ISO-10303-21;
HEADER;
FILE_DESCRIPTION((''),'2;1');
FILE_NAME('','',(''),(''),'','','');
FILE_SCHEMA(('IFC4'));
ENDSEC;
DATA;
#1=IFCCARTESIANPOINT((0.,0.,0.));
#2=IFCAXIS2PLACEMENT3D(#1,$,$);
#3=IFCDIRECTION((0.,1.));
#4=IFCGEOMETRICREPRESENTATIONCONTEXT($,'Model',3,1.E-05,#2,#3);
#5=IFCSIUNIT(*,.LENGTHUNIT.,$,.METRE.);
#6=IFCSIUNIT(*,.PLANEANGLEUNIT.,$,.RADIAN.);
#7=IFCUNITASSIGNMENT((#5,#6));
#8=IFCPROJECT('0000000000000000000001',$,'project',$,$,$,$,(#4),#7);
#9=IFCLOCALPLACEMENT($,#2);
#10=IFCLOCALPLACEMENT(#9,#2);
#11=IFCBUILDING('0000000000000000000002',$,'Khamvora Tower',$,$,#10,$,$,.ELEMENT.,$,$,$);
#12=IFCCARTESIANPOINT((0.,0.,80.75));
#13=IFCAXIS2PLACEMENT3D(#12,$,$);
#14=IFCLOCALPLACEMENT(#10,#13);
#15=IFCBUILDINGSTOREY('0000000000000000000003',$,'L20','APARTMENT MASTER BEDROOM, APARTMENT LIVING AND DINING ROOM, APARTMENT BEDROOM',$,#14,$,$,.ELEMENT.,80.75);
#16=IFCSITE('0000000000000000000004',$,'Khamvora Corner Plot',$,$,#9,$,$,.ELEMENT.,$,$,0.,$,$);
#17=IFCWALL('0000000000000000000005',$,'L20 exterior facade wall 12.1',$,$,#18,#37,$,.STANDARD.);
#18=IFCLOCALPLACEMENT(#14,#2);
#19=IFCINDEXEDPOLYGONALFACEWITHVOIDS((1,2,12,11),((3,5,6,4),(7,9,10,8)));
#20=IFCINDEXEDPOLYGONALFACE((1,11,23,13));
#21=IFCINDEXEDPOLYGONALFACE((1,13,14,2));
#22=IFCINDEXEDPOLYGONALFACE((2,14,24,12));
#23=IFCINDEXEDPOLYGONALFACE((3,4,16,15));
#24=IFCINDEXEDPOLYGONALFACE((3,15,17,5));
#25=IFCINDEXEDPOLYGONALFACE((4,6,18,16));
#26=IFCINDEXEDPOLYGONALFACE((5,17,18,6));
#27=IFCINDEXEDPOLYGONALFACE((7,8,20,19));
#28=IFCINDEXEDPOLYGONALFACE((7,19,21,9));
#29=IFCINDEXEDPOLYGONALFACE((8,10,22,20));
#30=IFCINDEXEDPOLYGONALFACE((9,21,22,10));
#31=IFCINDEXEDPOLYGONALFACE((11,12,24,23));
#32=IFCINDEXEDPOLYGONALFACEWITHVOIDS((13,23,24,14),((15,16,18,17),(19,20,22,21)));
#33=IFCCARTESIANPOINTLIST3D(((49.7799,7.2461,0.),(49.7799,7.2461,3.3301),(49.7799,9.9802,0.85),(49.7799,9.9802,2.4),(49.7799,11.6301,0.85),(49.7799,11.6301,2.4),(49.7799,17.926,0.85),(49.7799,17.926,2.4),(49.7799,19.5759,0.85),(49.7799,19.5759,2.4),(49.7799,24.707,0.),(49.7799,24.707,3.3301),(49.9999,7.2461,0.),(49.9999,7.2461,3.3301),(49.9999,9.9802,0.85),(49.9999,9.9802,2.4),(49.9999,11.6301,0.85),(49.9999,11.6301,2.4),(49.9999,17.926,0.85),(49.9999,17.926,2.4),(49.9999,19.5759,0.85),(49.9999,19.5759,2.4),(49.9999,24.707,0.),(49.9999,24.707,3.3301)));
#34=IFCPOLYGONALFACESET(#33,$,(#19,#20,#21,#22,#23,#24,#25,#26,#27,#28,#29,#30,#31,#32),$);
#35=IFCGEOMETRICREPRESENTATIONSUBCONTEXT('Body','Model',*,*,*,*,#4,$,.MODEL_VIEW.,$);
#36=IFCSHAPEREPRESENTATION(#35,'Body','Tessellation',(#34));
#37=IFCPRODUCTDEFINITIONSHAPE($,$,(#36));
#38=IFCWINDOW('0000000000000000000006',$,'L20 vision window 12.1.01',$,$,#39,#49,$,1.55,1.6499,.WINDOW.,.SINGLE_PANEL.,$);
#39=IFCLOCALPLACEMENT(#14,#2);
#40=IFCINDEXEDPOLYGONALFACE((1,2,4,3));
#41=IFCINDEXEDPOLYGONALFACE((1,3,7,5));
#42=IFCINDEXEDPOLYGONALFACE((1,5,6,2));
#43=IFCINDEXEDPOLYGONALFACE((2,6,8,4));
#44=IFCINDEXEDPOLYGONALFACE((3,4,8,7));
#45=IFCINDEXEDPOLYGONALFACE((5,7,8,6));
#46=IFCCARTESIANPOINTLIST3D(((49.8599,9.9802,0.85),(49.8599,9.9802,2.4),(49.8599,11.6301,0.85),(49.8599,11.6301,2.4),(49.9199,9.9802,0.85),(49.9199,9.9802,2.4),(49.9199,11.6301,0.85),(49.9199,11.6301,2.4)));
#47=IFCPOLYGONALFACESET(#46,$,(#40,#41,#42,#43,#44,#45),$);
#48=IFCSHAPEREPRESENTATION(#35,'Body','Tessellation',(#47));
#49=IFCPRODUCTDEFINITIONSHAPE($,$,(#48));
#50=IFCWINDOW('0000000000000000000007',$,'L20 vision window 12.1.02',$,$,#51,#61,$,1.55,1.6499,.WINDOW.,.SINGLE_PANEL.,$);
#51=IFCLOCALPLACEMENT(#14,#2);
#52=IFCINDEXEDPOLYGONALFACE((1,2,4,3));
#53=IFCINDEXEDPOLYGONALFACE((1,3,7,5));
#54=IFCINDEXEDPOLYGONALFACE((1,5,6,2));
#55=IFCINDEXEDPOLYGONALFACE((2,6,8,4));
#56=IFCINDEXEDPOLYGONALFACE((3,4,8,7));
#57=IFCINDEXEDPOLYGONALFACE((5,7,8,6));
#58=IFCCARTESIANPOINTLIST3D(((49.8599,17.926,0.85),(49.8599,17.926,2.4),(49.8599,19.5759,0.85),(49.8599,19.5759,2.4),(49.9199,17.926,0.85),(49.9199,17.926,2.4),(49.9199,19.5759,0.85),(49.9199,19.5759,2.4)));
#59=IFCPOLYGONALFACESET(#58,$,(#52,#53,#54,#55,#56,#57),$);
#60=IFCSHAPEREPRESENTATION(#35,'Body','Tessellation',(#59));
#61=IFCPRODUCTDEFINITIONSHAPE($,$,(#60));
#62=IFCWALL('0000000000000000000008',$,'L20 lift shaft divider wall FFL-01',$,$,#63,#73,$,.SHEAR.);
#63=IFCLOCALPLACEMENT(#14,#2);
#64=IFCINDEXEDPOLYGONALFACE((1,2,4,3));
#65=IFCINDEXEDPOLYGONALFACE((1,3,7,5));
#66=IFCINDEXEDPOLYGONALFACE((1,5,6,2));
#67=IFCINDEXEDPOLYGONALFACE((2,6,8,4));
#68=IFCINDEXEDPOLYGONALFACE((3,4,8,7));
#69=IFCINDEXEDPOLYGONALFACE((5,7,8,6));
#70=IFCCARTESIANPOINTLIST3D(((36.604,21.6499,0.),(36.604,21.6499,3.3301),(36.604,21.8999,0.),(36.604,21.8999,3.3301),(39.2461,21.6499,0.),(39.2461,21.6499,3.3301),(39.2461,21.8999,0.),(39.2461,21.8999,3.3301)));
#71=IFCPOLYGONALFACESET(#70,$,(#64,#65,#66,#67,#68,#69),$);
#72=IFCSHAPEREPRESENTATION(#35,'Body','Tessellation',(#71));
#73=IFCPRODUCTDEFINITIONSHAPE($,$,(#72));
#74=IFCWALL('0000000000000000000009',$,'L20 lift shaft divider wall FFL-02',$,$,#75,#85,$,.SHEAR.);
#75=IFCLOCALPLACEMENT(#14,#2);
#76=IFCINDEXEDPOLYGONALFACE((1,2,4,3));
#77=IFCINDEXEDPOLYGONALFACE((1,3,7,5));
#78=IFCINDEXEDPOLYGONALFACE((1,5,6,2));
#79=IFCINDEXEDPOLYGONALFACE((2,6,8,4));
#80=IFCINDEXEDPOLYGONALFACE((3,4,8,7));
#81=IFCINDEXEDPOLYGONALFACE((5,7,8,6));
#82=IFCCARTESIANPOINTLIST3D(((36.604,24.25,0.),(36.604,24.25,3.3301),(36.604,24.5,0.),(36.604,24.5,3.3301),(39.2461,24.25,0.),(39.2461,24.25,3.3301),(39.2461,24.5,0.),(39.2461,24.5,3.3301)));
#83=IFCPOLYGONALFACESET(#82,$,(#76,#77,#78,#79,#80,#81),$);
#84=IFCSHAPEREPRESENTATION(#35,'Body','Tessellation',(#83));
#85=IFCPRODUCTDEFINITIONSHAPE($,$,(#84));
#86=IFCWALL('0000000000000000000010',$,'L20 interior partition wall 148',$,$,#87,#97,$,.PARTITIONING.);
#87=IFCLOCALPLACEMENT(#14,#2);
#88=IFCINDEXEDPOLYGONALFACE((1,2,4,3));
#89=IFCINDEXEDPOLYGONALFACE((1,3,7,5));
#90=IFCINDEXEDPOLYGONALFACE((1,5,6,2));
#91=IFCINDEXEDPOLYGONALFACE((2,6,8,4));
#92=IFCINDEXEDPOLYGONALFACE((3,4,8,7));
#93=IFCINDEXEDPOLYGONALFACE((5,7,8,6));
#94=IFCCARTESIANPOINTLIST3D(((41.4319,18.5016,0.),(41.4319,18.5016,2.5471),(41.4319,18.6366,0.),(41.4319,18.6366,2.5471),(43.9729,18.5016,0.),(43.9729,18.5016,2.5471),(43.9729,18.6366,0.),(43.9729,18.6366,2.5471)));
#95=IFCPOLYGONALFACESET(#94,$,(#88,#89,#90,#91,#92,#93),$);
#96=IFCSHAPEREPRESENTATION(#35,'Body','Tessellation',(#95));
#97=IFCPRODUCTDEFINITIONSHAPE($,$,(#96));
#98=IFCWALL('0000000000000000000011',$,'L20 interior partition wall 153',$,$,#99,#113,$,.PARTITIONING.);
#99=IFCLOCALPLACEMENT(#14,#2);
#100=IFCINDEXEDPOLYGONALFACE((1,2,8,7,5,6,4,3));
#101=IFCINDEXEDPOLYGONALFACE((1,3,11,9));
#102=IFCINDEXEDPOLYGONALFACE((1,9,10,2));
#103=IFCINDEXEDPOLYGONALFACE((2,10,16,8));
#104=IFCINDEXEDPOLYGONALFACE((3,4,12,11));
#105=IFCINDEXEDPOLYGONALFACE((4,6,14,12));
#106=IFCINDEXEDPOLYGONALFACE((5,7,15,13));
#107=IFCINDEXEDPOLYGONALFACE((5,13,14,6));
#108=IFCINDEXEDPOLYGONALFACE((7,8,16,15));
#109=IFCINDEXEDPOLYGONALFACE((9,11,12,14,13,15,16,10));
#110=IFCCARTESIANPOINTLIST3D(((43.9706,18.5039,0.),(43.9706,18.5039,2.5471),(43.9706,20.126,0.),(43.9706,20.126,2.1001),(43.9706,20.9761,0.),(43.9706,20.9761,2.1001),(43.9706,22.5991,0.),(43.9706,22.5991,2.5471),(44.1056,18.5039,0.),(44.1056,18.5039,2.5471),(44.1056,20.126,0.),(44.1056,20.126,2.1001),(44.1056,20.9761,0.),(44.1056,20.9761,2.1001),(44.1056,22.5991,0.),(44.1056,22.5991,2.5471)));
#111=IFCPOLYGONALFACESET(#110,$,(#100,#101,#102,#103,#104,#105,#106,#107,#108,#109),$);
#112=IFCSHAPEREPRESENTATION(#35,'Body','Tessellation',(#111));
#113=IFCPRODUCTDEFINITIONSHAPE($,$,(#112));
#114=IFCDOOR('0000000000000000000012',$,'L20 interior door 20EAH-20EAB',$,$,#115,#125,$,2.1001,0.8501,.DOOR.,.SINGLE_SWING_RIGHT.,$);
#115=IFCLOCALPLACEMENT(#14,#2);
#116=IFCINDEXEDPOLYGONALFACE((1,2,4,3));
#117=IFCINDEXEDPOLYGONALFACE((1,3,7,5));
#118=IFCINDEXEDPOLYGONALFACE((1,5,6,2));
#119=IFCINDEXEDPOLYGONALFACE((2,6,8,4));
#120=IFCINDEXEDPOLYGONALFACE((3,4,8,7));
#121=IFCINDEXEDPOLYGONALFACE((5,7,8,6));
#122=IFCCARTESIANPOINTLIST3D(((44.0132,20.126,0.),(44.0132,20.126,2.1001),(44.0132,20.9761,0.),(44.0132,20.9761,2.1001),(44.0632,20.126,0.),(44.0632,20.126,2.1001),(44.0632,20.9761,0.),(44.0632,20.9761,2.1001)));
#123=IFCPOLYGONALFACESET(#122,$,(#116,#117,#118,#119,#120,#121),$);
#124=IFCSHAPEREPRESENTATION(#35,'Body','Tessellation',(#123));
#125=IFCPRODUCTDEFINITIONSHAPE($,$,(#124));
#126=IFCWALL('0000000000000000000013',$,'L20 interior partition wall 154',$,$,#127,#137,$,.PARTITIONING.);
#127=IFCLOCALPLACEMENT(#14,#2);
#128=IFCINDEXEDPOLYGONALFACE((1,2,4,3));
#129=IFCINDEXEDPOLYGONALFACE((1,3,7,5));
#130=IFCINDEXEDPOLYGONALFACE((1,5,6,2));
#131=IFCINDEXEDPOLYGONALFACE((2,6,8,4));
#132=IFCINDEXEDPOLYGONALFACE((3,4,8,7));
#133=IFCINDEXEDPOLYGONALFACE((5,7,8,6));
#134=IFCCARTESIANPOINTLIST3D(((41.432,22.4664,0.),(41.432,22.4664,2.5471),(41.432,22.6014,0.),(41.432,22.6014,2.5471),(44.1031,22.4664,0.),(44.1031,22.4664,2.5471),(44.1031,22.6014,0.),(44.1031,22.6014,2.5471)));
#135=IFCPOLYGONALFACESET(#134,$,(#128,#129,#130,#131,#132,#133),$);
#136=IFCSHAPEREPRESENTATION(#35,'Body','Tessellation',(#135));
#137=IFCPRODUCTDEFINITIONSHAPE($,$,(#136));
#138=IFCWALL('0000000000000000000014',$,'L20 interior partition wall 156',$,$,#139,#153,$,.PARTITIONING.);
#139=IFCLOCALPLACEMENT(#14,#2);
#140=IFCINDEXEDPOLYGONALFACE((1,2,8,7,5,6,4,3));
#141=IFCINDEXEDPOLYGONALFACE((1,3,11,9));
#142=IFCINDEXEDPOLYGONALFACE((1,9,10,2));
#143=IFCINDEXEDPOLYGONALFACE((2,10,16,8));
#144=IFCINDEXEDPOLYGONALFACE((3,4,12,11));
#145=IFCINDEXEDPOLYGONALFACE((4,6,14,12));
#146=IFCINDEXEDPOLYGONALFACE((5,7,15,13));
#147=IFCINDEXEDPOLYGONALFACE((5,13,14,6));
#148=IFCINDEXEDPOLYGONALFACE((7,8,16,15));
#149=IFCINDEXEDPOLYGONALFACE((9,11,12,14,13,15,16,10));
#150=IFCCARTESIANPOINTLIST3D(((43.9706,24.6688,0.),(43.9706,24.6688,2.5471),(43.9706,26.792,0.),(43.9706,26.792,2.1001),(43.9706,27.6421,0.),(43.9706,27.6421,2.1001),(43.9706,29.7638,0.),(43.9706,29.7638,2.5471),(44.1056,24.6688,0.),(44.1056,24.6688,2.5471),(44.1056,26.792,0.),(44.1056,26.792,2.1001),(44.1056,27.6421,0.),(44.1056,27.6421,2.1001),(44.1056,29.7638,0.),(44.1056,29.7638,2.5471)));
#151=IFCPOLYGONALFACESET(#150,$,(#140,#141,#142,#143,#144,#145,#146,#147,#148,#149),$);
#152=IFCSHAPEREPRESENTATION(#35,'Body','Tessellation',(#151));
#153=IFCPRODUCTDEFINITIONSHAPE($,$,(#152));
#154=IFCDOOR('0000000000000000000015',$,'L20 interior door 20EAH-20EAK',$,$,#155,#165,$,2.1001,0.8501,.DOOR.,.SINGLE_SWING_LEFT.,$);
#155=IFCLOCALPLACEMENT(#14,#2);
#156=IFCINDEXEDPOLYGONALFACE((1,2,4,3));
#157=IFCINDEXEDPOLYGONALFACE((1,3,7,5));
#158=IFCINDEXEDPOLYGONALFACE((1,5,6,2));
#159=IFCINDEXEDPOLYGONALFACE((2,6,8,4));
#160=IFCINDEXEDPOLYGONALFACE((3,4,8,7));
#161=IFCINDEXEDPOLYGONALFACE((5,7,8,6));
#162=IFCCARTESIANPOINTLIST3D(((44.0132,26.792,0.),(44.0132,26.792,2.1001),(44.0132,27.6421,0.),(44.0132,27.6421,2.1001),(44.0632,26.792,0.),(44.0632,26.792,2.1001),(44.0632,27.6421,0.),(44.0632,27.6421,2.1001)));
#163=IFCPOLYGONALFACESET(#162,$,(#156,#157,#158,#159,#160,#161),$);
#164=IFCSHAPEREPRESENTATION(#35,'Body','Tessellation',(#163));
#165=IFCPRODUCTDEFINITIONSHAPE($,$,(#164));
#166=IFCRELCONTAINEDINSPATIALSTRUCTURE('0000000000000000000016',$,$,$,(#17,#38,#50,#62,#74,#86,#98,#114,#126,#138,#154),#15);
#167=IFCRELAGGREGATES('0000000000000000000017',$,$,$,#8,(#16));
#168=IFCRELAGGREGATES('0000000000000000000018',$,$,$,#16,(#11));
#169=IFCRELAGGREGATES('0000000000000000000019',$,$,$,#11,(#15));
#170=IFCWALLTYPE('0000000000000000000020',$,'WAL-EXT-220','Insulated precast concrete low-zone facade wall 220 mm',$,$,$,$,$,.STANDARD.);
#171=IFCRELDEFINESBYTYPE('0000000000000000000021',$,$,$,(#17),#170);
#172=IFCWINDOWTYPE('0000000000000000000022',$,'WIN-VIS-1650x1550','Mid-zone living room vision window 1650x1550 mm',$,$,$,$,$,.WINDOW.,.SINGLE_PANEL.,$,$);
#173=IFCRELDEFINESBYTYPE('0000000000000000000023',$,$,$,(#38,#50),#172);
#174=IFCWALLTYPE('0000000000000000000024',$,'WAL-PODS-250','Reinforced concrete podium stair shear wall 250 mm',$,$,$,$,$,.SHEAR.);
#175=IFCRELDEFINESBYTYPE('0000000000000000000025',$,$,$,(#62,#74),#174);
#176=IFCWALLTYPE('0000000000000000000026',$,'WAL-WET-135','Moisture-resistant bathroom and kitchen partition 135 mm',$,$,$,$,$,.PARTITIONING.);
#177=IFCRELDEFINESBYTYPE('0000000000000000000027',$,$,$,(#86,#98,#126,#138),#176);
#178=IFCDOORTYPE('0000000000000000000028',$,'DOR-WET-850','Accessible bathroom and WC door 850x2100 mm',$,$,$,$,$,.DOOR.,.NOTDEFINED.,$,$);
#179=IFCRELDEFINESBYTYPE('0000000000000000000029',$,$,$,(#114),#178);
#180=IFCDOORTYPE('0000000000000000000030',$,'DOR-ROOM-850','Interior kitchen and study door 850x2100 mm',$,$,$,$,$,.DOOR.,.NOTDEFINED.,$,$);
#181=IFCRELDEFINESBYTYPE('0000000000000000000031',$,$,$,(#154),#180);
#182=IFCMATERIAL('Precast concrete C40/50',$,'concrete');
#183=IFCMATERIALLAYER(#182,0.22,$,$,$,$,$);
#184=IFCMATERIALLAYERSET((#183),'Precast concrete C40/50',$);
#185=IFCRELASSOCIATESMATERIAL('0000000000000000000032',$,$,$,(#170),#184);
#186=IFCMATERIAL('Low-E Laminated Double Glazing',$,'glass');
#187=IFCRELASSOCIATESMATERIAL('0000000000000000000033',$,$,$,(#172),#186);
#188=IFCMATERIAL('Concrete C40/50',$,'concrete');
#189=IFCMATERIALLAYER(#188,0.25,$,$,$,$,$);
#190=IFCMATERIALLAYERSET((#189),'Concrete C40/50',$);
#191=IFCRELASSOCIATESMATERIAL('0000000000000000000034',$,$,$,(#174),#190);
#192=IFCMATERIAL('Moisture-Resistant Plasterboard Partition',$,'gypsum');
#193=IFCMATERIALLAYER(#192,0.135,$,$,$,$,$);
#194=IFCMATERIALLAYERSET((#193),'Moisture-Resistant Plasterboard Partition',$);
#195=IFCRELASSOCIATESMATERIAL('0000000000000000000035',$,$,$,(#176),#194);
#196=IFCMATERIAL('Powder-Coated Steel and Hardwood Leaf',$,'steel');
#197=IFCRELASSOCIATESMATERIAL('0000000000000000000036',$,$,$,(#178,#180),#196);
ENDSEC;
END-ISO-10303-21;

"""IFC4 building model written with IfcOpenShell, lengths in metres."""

from ifc_helpers import new_model, si_unit, direction, frame, frame_2d, origin, place, context, subcontext, project, spatial, rectangle, extrude, material, layer, layer_set, type_object, element, fill, save


model = new_model("IFC4")

# Units and contexts
model_context = context("Model", 3, precision=1e-05, world=origin(), true_north=direction((0.0, 1.0)))
body_context = subcontext(model_context, "Body", "Model", "MODEL_VIEW")
ifc_project = project(units=[si_unit("LENGTHUNIT", "METRE"), si_unit("PLANEANGLEUNIT", "RADIAN")], contexts=[model_context])

# Site, building, storey
site_placement = place(None, origin())
site = spatial("IfcSite", under=ifc_project, at=site_placement, Name="Khamvora Corner Plot", CompositionType="ELEMENT", RefElevation=0.0)
building_placement = place(site_placement, origin())
building = spatial("IfcBuilding", under=site, at=building_placement, Name="Khamvora Tower", CompositionType="ELEMENT")
storey_placement = place(building_placement, frame((0.0, 0.0, 80.75)))
storey = spatial("IfcBuildingStorey", under=building, at=storey_placement, Name="L20", Description="APARTMENT MASTER BEDROOM, APARTMENT LIVING AND DINING ROOM, APARTMENT BEDROOM", CompositionType="ELEMENT", Elevation=80.75)

# Shared definitions
ifc_material_1 = material(Name="Powder-Coated Steel and Hardwood Leaf", Category="steel")

# Wall, openings, windows
ifc_material_2 = material(Name="Precast concrete C40/50", Category="concrete")
ifc_layer_1 = layer(ifc_material_2, 0.22)
ifc_layer_set_1 = layer_set([ifc_layer_1], Name="Precast concrete C40/50")
wall_type_1 = type_object("IfcWallType", Name="WAL-EXT-220", Description="Insulated precast concrete low-zone facade wall 220 mm", PredefinedType="STANDARD", material=ifc_layer_set_1)
wall_1_placement = place(storey_placement, frame((49.8899, 24.707, 0.0), z_axis=(0.0, 0.0, 1.0), x_axis=(0.0, -1.0, 0.0)))
wall_1 = element("IfcWall", 1, at=wall_1_placement, inside=storey, type_object=wall_type_1, Name="L20 exterior facade wall 12.1", PredefinedType="STANDARD", context=body_context, shape_type="SweptSolid", body=[
    extrude(rectangle(XDim=17.4609, YDim=0.22, at=frame_2d((8.7305, 0.0))), origin(), (0.0, 0.0, 1.0), 3.3301),
])
opening_1_placement = place(wall_1_placement, frame((13.0769, 0.0, 0.8501)))
opening_1 = element("IfcOpeningElement", 2, at=opening_1_placement, cuts=wall_1, PredefinedType="OPENING", context=body_context, shape_type="SweptSolid", body=[
    extrude(rectangle(XDim=1.6499, YDim=1.55, at=frame_2d((0.825, 0.7749))), frame((0.0, 0.1199, 0.0), z_axis=(0.0, -1.0, 0.0), x_axis=(1.0, 0.0, 0.0)), (0.0, 0.0, 1.0), 0.24),
])
opening_2_placement = place(wall_1_placement, frame((5.1311, 0.0, 0.8501)))
opening_2 = element("IfcOpeningElement", 3, at=opening_2_placement, cuts=wall_1, PredefinedType="OPENING", context=body_context, shape_type="SweptSolid", body=[
    extrude(rectangle(XDim=1.6499, YDim=1.55, at=frame_2d((0.825, 0.7749))), frame((0.0, 0.1199, 0.0), z_axis=(0.0, -1.0, 0.0), x_axis=(1.0, 0.0, 0.0)), (0.0, 0.0, 1.0), 0.24),
])
ifc_material_3 = material(Name="Low-E Laminated Double Glazing", Category="glass")
window_type = type_object("IfcWindowType", Name="WIN-VIS-1650x1550", Description="Mid-zone living room vision window 1650x1550 mm", PartitioningType="SINGLE_PANEL", PredefinedType="WINDOW", material=ifc_material_3)
window_1_placement = place(opening_1_placement, origin())
window_1 = element("IfcWindow", 4, at=window_1_placement, inside=storey, type_object=window_type, Name="L20 vision window 12.1.01", OverallHeight=1.55, OverallWidth=1.6499, PartitioningType="SINGLE_PANEL", PredefinedType="WINDOW", context=body_context, shape_type="SweptSolid", body=[
    extrude(rectangle(XDim=1.6499, YDim=1.55, at=frame_2d((0.825, 0.7749))), frame((0.0, 0.03, 0.0), z_axis=(0.0, -1.0, 0.0), x_axis=(1.0, 0.0, 0.0)), (0.0, 0.0, 1.0), 0.0601),
])
fill(opening_1, window_1)
window_2_placement = place(opening_2_placement, origin())
window_2 = element("IfcWindow", 5, at=window_2_placement, inside=storey, type_object=window_type, Name="L20 vision window 12.1.02", OverallHeight=1.55, OverallWidth=1.6499, PartitioningType="SINGLE_PANEL", PredefinedType="WINDOW", context=body_context, shape_type="SweptSolid", body=[
    extrude(rectangle(XDim=1.6499, YDim=1.55, at=frame_2d((0.825, 0.7749))), frame((0.0, 0.03, 0.0), z_axis=(0.0, -1.0, 0.0), x_axis=(1.0, 0.0, 0.0)), (0.0, 0.0, 1.0), 0.0601),
])
fill(opening_2, window_2)

# Walls
ifc_material_4 = material(Name="Concrete C40/50", Category="concrete")
ifc_layer_2 = layer(ifc_material_4, 0.25)
ifc_layer_set_2 = layer_set([ifc_layer_2], Name="Concrete C40/50")
wall_type_2 = type_object("IfcWallType", Name="WAL-PODS-250", Description="Reinforced concrete podium stair shear wall 250 mm", PredefinedType="SHEAR", material=ifc_layer_set_2)
for number, where, z_axis, x_axis, name in (
    (6, (36.604, 21.7749, 0.0), (0.0, 0.0, 1.0), (1.0, 0.0, 0.0), "L20 lift shaft divider wall FFL-01"),
    (7, (36.604, 24.375, 0.0), (0.0, 0.0, 1.0), (1.0, 0.0, 0.0), "L20 lift shaft divider wall FFL-02"),
):
    element("IfcWall", number, at=place(storey_placement, frame(where, z_axis=z_axis, x_axis=x_axis)), inside=storey, type_object=wall_type_2, Name=name, PredefinedType="SHEAR", context=body_context, shape_type="SweptSolid", body=[
        extrude(rectangle(XDim=2.6421, YDim=0.25, at=frame_2d((1.321, 0.0))), origin(), (0.0, 0.0, 1.0), 3.3301),
    ])
ifc_material_5 = material(Name="Moisture-Resistant Plasterboard Partition", Category="gypsum")
ifc_layer_3 = layer(ifc_material_5, 0.135)
ifc_layer_set_3 = layer_set([ifc_layer_3], Name="Moisture-Resistant Plasterboard Partition")
wall_type_3 = type_object("IfcWallType", Name="WAL-WET-135", Description="Moisture-resistant bathroom and kitchen partition 135 mm", PredefinedType="PARTITIONING", material=ifc_layer_set_3)
wall_2_placement = place(storey_placement, frame((41.4319, 18.5691, 0.0), z_axis=(0.0, 0.0, 1.0), x_axis=(1.0, 0.0, 0.0)))
element("IfcWall", 8, at=wall_2_placement, inside=storey, type_object=wall_type_3, Name="L20 interior partition wall 148", PredefinedType="PARTITIONING", context=body_context, shape_type="SweptSolid", body=[
    extrude(rectangle(XDim=2.541, YDim=0.135, at=frame_2d((1.2705, 0.0))), origin(), (0.0, 0.0, 1.0), 2.5471),
])

# Wall, opening, door
wall_3_placement = place(storey_placement, frame((44.0381, 18.5039, 0.0), z_axis=(0.0, 0.0, 1.0), x_axis=(0.0, 1.0, 0.0)))
wall_3 = element("IfcWall", 9, at=wall_3_placement, inside=storey, type_object=wall_type_3, Name="L20 interior partition wall 153", PredefinedType="PARTITIONING", context=body_context, shape_type="SweptSolid", body=[
    extrude(rectangle(XDim=4.0952, YDim=0.135, at=frame_2d((2.0476, 0.0))), origin(), (0.0, 0.0, 1.0), 2.5471),
])
opening_3_placement = place(wall_3_placement, frame((1.6221, 0.0, 0.0)))
opening_3 = element("IfcOpeningElement", 10, at=opening_3_placement, cuts=wall_3, PredefinedType="OPENING", context=body_context, shape_type="SweptSolid", body=[
    extrude(rectangle(XDim=0.8501, YDim=2.1001, at=frame_2d((0.425, 1.05))), frame((0.0, 0.0774, 0.0), z_axis=(0.0, -1.0, 0.0), x_axis=(1.0, 0.0, 0.0)), (0.0, 0.0, 1.0), 0.155),
])
door_type_1 = type_object("IfcDoorType", Name="DOR-WET-850", Description="Accessible bathroom and WC door 850x2100 mm", OperationType="NOTDEFINED", PredefinedType="DOOR", material=ifc_material_1)
door_1_placement = place(opening_3_placement, origin())
door_1 = element("IfcDoor", 11, at=door_1_placement, inside=storey, type_object=door_type_1, Name="L20 interior door 20EAH-20EAB", OperationType="SINGLE_SWING_RIGHT", OverallHeight=2.1001, OverallWidth=0.8501, PredefinedType="DOOR", context=body_context, shape_type="SweptSolid", body=[
    extrude(rectangle(XDim=0.8501, YDim=2.1001, at=frame_2d((0.425, 1.05))), frame((0.0, 0.0249, 0.0), z_axis=(0.0, -1.0, 0.0), x_axis=(1.0, 0.0, 0.0)), (0.0, 0.0, 1.0), 0.05),
])
fill(opening_3, door_1)

# Wall
wall_4_placement = place(storey_placement, frame((44.103, 22.5339, 0.0), z_axis=(0.0, 0.0, 1.0), x_axis=(-1.0, 0.0, 0.0)))
element("IfcWall", 12, at=wall_4_placement, inside=storey, type_object=wall_type_3, Name="L20 interior partition wall 154", PredefinedType="PARTITIONING", context=body_context, shape_type="SweptSolid", body=[
    extrude(rectangle(XDim=2.6711, YDim=0.135, at=frame_2d((1.3354, 0.0))), origin(), (0.0, 0.0, 1.0), 2.5471),
])

# Wall, opening, door
wall_5_placement = place(storey_placement, frame((44.0381, 24.6689, 0.0), z_axis=(0.0, 0.0, 1.0), x_axis=(0.0, 1.0, 0.0)))
wall_5 = element("IfcWall", 13, at=wall_5_placement, inside=storey, type_object=wall_type_3, Name="L20 interior partition wall 156", PredefinedType="PARTITIONING", context=body_context, shape_type="SweptSolid", body=[
    extrude(rectangle(XDim=5.095, YDim=0.135, at=frame_2d((2.5474, 0.0))), origin(), (0.0, 0.0, 1.0), 2.5471),
])
opening_4_placement = place(wall_5_placement, frame((2.123, 0.0, 0.0)))
opening_4 = element("IfcOpeningElement", 14, at=opening_4_placement, cuts=wall_5, PredefinedType="OPENING", context=body_context, shape_type="SweptSolid", body=[
    extrude(rectangle(XDim=0.8501, YDim=2.1001, at=frame_2d((0.425, 1.05))), frame((0.0, 0.0774, 0.0), z_axis=(0.0, -1.0, 0.0), x_axis=(1.0, 0.0, 0.0)), (0.0, 0.0, 1.0), 0.155),
])
door_type_2 = type_object("IfcDoorType", Name="DOR-ROOM-850", Description="Interior kitchen and study door 850x2100 mm", OperationType="NOTDEFINED", PredefinedType="DOOR", material=ifc_material_1)
door_2_placement = place(opening_4_placement, origin())
door_2 = element("IfcDoor", 15, at=door_2_placement, inside=storey, type_object=door_type_2, Name="L20 interior door 20EAH-20EAK", OperationType="SINGLE_SWING_LEFT", OverallHeight=2.1001, OverallWidth=0.8501, PredefinedType="DOOR", context=body_context, shape_type="SweptSolid", body=[
    extrude(rectangle(XDim=0.8501, YDim=2.1001, at=frame_2d((0.425, 1.05))), frame((0.0, 0.0249, 0.0), z_axis=(0.0, -1.0, 0.0), x_axis=(1.0, 0.0, 0.0)), (0.0, 0.0, 1.0), 0.05),
])
fill(opening_4, door_2)

save(model, "model.ifc")
